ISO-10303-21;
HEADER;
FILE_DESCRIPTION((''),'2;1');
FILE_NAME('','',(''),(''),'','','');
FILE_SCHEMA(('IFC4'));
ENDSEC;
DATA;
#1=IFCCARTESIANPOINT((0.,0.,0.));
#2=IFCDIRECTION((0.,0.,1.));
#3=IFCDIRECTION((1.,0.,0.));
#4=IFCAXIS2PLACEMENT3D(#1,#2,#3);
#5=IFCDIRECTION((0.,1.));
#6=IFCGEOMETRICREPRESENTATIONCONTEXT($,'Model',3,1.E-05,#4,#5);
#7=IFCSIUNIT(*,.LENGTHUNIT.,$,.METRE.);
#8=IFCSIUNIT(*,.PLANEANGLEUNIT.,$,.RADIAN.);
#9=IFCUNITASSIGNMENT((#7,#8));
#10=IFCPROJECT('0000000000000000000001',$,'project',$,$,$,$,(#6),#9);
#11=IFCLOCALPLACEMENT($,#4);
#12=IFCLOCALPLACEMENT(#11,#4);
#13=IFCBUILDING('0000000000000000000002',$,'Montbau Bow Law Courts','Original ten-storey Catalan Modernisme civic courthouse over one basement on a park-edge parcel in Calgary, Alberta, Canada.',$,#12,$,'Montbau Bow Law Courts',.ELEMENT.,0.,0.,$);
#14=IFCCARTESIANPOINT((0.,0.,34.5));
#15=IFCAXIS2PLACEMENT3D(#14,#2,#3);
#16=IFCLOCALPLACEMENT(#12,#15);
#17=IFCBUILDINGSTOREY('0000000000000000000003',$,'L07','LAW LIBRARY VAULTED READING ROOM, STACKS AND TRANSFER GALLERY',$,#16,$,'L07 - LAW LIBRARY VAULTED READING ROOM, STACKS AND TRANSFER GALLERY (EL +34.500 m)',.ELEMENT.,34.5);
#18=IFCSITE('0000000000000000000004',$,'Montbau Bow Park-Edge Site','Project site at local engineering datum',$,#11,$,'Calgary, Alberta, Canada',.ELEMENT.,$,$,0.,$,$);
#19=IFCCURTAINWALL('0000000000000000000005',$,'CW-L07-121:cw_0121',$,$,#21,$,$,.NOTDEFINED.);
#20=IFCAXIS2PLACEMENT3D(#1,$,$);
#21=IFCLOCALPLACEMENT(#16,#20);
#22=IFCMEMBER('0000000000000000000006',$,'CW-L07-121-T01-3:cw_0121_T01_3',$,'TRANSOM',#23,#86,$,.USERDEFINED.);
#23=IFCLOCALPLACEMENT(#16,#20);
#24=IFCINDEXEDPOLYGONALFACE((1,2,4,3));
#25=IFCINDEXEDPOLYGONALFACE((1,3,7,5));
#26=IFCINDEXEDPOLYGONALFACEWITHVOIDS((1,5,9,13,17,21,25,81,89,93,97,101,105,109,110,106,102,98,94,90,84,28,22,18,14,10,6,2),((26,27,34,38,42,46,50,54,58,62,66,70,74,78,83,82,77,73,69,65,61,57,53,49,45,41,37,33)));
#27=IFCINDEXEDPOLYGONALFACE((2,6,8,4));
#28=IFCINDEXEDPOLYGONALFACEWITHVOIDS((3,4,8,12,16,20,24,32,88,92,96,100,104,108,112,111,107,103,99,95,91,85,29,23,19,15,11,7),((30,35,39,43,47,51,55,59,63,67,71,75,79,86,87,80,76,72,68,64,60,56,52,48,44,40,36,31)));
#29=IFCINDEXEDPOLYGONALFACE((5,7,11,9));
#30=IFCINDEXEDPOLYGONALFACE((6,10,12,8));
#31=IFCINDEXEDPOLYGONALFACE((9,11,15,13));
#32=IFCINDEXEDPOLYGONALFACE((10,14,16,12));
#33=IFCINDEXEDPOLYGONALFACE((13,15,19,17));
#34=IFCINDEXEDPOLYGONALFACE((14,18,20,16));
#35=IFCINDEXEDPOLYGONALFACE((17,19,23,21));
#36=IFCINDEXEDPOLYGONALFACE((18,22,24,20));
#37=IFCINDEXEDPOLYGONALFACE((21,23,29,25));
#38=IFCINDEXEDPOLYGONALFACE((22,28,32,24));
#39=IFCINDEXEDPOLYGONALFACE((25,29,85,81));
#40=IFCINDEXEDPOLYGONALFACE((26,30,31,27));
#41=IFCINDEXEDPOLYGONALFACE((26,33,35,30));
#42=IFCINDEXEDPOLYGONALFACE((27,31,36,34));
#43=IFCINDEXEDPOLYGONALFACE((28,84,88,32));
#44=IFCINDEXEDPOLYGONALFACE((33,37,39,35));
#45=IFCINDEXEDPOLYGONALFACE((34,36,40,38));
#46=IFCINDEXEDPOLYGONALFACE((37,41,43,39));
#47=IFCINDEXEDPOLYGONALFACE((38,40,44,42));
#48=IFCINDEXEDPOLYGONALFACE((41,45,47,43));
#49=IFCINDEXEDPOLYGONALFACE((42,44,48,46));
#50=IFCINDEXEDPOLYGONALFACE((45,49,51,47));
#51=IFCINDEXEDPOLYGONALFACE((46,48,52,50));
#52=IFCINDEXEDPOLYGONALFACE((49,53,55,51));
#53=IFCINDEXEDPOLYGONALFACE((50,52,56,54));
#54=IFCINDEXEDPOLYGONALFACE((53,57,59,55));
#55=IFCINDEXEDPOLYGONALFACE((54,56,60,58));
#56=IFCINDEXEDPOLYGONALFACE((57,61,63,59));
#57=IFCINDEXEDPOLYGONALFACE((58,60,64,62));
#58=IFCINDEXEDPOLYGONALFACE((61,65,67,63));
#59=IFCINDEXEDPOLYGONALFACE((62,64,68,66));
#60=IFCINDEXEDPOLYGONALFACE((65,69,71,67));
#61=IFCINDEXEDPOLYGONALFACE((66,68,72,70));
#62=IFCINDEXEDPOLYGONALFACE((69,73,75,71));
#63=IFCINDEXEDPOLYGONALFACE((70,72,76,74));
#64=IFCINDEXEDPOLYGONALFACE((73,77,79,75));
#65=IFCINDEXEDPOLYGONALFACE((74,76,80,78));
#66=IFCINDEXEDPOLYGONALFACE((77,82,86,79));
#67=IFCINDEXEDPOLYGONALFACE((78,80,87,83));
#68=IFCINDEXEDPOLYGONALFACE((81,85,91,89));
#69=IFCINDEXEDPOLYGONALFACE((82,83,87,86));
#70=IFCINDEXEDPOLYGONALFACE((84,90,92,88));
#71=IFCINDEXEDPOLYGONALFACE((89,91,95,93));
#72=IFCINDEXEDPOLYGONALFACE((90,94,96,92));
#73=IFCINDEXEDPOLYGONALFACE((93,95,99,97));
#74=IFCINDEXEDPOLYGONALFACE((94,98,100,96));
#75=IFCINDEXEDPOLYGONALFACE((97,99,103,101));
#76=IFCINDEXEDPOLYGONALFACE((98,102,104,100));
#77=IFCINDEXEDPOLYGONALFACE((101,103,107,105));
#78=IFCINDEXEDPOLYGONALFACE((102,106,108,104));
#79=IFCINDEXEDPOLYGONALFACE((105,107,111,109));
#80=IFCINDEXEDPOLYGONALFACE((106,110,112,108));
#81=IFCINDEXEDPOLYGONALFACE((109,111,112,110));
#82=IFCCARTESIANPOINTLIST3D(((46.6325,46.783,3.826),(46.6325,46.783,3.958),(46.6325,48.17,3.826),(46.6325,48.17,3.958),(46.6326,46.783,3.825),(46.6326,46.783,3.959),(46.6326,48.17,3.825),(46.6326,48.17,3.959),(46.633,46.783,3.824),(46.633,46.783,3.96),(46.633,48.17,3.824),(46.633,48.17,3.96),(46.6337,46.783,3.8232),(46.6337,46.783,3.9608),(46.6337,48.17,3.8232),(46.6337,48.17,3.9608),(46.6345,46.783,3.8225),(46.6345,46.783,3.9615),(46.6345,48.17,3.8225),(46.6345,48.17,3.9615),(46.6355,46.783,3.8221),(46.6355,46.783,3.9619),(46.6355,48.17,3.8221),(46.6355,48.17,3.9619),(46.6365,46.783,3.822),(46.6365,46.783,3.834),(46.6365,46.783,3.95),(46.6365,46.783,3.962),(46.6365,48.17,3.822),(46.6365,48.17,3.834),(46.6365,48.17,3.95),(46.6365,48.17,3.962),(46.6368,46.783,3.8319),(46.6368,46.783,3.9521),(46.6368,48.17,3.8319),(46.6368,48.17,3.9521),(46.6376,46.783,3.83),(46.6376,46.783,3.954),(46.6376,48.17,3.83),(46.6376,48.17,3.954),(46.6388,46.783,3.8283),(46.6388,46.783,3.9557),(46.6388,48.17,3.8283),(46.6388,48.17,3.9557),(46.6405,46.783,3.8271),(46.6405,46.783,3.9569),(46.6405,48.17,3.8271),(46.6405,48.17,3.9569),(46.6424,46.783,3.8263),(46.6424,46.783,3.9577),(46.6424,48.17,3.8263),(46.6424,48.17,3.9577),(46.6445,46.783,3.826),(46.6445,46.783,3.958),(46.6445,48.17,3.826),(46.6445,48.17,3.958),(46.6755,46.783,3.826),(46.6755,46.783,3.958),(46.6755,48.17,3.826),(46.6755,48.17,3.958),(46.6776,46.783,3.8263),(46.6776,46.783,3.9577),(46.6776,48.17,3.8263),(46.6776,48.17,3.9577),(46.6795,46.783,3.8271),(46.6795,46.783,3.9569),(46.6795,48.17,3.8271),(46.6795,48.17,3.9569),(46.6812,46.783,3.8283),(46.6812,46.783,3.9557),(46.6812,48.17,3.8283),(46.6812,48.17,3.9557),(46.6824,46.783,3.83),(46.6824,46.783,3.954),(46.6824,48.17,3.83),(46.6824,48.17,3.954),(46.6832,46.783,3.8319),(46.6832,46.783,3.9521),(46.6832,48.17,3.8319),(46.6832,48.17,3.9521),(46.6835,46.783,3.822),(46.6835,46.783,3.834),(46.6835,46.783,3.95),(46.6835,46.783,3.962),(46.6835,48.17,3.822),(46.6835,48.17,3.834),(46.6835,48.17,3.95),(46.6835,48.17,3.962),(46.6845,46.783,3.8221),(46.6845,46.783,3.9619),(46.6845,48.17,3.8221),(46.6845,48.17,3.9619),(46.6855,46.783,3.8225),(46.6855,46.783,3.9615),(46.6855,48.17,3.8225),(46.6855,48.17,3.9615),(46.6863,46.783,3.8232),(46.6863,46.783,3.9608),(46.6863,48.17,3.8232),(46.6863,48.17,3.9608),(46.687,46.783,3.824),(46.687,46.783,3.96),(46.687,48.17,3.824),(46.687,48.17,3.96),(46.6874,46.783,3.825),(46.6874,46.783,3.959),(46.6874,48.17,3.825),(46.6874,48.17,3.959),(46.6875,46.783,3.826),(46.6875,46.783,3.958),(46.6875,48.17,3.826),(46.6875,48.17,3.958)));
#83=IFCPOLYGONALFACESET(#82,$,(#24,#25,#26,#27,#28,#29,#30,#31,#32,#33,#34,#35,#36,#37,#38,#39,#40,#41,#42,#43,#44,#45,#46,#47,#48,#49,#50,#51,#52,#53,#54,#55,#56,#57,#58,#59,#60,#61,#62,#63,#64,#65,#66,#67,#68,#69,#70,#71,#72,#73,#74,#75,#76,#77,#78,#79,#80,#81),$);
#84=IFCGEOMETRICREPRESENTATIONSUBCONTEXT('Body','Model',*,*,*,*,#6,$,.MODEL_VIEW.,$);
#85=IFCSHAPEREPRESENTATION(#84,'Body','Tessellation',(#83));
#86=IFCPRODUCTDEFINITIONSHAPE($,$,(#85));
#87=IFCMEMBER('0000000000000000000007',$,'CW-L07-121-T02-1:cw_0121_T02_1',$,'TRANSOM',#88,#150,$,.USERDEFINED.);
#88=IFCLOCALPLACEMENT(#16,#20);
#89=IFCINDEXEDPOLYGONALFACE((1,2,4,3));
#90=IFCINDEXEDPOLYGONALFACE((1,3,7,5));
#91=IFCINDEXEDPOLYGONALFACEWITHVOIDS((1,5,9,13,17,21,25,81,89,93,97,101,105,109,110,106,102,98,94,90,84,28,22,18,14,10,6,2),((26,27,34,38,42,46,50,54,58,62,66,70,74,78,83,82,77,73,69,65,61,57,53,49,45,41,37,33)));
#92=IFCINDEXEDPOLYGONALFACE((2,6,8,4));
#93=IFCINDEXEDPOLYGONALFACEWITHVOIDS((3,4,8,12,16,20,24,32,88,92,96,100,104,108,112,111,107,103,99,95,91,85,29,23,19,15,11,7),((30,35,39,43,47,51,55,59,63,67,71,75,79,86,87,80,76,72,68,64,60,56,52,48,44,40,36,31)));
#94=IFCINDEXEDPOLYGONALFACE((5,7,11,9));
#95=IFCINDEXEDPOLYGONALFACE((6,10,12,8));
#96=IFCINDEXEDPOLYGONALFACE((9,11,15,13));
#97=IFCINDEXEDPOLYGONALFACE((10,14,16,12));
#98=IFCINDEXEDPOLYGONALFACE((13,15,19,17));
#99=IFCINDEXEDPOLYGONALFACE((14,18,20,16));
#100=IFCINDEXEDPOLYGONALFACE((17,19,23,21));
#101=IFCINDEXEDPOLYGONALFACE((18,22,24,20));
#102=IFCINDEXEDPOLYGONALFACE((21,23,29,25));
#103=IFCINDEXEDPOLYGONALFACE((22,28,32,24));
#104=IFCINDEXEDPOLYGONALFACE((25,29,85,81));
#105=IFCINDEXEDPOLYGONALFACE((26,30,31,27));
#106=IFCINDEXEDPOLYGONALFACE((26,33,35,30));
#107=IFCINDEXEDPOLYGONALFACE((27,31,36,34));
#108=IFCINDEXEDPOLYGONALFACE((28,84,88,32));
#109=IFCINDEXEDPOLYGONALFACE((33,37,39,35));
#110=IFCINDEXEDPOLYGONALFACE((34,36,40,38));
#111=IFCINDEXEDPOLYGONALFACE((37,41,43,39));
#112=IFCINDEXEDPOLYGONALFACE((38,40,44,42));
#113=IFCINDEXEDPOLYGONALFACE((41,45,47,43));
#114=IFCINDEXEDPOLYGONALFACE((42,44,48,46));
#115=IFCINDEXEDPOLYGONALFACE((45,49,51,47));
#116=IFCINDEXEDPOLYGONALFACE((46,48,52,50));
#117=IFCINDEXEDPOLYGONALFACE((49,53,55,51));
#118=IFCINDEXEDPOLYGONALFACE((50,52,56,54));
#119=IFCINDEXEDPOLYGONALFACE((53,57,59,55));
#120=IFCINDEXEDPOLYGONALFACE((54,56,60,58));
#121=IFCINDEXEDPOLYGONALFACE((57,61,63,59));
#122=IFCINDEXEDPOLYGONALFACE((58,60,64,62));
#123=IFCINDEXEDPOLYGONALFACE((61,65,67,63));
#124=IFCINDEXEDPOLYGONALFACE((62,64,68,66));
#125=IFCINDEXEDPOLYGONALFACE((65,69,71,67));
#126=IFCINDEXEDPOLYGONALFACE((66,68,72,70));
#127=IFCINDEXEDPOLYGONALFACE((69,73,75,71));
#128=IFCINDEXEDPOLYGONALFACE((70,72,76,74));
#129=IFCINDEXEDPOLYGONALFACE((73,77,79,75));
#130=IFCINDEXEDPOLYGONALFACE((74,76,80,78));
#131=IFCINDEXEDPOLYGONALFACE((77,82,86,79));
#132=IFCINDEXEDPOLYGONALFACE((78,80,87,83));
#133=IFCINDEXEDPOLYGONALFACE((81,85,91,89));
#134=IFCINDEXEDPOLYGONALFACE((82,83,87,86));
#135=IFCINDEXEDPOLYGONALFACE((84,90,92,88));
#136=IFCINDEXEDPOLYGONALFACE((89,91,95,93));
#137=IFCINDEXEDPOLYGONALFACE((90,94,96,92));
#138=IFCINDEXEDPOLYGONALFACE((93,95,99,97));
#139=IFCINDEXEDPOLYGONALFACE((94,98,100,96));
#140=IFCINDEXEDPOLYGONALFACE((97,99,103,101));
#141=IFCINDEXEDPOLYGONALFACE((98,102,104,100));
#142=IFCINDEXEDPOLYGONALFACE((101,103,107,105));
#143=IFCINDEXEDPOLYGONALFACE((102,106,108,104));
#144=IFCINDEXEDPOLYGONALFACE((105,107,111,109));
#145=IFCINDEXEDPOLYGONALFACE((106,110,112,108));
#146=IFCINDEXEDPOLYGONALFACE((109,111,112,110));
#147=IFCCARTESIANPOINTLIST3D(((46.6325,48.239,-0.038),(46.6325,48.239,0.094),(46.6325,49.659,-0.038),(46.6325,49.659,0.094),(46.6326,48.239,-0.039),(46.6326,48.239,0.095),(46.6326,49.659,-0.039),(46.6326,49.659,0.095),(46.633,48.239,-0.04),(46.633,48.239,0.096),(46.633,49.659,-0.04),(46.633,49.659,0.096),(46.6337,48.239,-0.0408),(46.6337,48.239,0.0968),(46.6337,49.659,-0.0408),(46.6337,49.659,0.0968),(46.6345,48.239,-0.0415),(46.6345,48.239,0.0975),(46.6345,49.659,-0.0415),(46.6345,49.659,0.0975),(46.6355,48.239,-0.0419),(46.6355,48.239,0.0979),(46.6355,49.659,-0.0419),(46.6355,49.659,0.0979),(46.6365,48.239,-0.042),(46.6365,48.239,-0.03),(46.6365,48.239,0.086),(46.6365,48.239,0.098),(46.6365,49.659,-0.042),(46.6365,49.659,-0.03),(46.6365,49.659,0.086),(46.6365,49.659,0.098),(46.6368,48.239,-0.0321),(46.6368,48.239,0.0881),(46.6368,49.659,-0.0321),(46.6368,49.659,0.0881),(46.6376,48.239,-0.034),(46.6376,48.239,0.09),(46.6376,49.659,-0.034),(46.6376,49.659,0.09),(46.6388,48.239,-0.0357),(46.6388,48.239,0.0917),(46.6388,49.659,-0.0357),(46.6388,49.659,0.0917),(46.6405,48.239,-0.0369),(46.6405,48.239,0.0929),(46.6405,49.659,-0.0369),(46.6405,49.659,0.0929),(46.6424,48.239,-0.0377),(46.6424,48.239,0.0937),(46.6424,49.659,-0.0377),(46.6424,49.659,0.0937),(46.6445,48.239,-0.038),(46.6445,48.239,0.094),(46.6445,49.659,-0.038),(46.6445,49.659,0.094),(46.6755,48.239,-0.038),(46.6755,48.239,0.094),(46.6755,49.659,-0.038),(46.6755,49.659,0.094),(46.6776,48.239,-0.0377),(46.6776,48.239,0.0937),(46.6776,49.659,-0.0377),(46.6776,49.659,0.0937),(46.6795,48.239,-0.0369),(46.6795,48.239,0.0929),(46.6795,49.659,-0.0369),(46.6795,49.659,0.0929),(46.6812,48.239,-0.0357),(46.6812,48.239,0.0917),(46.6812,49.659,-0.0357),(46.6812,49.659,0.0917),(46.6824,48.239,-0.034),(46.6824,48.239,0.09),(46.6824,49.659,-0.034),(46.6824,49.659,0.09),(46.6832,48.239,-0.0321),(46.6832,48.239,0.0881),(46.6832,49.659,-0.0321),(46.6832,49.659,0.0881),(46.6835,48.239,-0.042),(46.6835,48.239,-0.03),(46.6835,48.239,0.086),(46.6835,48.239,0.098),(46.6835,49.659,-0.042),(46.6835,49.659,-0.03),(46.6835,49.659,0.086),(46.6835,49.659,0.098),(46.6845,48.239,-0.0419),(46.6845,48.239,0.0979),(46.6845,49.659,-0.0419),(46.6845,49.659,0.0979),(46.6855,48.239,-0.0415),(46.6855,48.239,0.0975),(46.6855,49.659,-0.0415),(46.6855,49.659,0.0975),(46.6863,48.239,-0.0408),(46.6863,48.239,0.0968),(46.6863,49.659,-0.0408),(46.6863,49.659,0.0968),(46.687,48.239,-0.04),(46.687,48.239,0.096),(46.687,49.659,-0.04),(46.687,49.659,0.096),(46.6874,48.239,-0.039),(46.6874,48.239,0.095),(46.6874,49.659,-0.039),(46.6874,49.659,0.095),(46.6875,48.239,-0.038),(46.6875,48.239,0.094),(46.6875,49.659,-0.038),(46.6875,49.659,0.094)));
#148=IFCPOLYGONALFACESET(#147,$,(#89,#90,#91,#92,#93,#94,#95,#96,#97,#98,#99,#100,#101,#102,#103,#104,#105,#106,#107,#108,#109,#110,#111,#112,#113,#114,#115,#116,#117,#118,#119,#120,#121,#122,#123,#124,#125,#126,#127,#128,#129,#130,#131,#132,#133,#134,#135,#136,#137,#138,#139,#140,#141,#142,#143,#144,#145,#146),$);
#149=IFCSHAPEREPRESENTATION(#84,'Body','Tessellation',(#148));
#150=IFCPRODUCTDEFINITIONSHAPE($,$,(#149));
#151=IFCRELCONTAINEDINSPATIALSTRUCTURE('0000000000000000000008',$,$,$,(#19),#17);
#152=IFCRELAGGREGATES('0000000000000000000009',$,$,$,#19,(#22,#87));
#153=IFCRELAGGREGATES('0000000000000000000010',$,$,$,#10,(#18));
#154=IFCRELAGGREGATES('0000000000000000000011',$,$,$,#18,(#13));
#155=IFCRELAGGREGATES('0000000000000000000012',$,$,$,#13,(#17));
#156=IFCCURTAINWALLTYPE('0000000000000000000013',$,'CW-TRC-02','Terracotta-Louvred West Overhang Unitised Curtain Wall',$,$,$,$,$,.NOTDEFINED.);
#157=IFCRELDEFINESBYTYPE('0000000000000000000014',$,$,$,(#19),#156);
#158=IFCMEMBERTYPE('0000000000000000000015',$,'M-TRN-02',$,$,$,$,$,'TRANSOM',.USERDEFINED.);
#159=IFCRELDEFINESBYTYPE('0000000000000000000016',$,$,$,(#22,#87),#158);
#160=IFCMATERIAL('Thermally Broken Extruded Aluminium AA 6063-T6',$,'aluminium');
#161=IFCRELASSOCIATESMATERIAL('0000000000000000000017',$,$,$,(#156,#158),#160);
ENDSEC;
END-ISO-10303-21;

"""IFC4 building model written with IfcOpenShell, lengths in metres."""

from ifc_helpers import new_model, si_unit, direction, frame, origin_with_axes, origin_2d_with_axis, place, context, subcontext, project, spatial, hollow_rectangle, extrude, material, material_profile, profile_set, type_object, element, aggregate, save


model = new_model("IFC4")

# Units and contexts
model_context = context("Model", 3, precision=1e-05, world=origin_with_axes(), true_north=direction((0.0, 1.0)))
body_context = subcontext(model_context, "Body", "Model", "MODEL_VIEW")
ifc_project = project(units=[si_unit("LENGTHUNIT", "METRE"), si_unit("PLANEANGLEUNIT", "RADIAN")], contexts=[model_context])

# Site, building, storey
site_placement = place(None, origin_with_axes())
site = spatial("IfcSite", under=ifc_project, at=site_placement, Name="Montbau Bow Park-Edge Site", Description="Project site at local engineering datum", LongName="Calgary, Alberta, Canada", CompositionType="ELEMENT", RefElevation=0.0)
building_placement = place(site_placement, origin_with_axes())
building = spatial("IfcBuilding", under=site, at=building_placement, Name="Montbau Bow Law Courts", Description="Original ten-storey Catalan Modernisme civic courthouse over one basement on a park-edge parcel in Calgary, Alberta, Canada.", LongName="Montbau Bow Law Courts", CompositionType="ELEMENT", ElevationOfRefHeight=0.0, ElevationOfTerrain=0.0)
storey_placement = place(building_placement, frame((0.0, 0.0, 34.5), z_axis=(0.0, 0.0, 1.0), x_axis=(1.0, 0.0, 0.0)))
storey = spatial("IfcBuildingStorey", under=building, at=storey_placement, Name="L07", Description="LAW LIBRARY VAULTED READING ROOM, STACKS AND TRANSFER GALLERY", LongName="L07 - LAW LIBRARY VAULTED READING ROOM, STACKS AND TRANSFER GALLERY (EL +34.500 m)", CompositionType="ELEMENT", Elevation=34.5)

# Shared definitions
ifc_material_1 = material(Name="Thermally Broken Extruded Aluminium AA 6063-T6", Category="aluminium")
curtain_wall_type = type_object("IfcCurtainWallType", Name="CW-TRC-02", Description="Terracotta-Louvred West Overhang Unitised Curtain Wall", PredefinedType="NOTDEFINED", material=ifc_material_1)

# Curtain wall
curtain_wall_1_placement = place(None, frame((46.66, 46.715, 34.5), z_axis=(0.0, 0.0, 1.0), x_axis=(1.0, 0.0, 0.0)))
curtain_wall_1 = element("IfcCurtainWall", 1, at=curtain_wall_1_placement, inside=storey, type_object=curtain_wall_type, Name="CW-L07-121:cw_0121", PredefinedType="NOTDEFINED")

# Members
ifc_material_profile_1 = material_profile(ifc_material_1, hollow_rectangle(XDim=0.055, YDim=0.14, WallThickness=0.004, InnerFilletRadius=0.008, OuterFilletRadius=0.004, at=origin_2d_with_axis()), Name="CWT-140X55", Category="Main", Priority=0)
ifc_profile_set_1 = profile_set([ifc_material_profile_1], Name="Thermally Broken Extruded Aluminium AA 6063-T6")
member_type_1 = type_object("IfcMemberType", Name="M-TRN-02", ElementType="TRANSOM", PredefinedType="USERDEFINED", material=ifc_profile_set_1)
member_1_placement = place(None, frame((46.66, 46.783, 38.392), z_axis=(0.0, 1.0, 0.0), x_axis=(-1.0, 0.0, 0.0)))
member_1 = element("IfcMember", 2, at=member_1_placement, type_object=member_type_1, Name="CW-L07-121-T01-3:cw_0121_T01_3", ObjectType="TRANSOM", PredefinedType="USERDEFINED", context=body_context, shape_type="SweptSolid", body=[
    extrude(hollow_rectangle(XDim=0.055, YDim=0.14, WallThickness=0.004, InnerFilletRadius=0.008, OuterFilletRadius=0.004, at=origin_2d_with_axis()), origin_with_axes(), (0.0, 0.0, 1.0), 1.387),
])
member_2_placement = place(None, frame((46.66, 48.239, 34.528), z_axis=(0.0, 1.0, 0.0), x_axis=(-1.0, 0.0, 0.0)))
member_2 = element("IfcMember", 3, at=member_2_placement, type_object=member_type_1, Name="CW-L07-121-T02-1:cw_0121_T02_1", ObjectType="TRANSOM", PredefinedType="USERDEFINED", context=body_context, shape_type="SweptSolid", body=[
    extrude(hollow_rectangle(XDim=0.055, YDim=0.14, WallThickness=0.004, InnerFilletRadius=0.008, OuterFilletRadius=0.004, at=origin_2d_with_axis()), origin_with_axes(), (0.0, 0.0, 1.0), 1.42),
])

aggregate(curtain_wall_1, [member_1, member_2])

save(model, "model.ifc")
